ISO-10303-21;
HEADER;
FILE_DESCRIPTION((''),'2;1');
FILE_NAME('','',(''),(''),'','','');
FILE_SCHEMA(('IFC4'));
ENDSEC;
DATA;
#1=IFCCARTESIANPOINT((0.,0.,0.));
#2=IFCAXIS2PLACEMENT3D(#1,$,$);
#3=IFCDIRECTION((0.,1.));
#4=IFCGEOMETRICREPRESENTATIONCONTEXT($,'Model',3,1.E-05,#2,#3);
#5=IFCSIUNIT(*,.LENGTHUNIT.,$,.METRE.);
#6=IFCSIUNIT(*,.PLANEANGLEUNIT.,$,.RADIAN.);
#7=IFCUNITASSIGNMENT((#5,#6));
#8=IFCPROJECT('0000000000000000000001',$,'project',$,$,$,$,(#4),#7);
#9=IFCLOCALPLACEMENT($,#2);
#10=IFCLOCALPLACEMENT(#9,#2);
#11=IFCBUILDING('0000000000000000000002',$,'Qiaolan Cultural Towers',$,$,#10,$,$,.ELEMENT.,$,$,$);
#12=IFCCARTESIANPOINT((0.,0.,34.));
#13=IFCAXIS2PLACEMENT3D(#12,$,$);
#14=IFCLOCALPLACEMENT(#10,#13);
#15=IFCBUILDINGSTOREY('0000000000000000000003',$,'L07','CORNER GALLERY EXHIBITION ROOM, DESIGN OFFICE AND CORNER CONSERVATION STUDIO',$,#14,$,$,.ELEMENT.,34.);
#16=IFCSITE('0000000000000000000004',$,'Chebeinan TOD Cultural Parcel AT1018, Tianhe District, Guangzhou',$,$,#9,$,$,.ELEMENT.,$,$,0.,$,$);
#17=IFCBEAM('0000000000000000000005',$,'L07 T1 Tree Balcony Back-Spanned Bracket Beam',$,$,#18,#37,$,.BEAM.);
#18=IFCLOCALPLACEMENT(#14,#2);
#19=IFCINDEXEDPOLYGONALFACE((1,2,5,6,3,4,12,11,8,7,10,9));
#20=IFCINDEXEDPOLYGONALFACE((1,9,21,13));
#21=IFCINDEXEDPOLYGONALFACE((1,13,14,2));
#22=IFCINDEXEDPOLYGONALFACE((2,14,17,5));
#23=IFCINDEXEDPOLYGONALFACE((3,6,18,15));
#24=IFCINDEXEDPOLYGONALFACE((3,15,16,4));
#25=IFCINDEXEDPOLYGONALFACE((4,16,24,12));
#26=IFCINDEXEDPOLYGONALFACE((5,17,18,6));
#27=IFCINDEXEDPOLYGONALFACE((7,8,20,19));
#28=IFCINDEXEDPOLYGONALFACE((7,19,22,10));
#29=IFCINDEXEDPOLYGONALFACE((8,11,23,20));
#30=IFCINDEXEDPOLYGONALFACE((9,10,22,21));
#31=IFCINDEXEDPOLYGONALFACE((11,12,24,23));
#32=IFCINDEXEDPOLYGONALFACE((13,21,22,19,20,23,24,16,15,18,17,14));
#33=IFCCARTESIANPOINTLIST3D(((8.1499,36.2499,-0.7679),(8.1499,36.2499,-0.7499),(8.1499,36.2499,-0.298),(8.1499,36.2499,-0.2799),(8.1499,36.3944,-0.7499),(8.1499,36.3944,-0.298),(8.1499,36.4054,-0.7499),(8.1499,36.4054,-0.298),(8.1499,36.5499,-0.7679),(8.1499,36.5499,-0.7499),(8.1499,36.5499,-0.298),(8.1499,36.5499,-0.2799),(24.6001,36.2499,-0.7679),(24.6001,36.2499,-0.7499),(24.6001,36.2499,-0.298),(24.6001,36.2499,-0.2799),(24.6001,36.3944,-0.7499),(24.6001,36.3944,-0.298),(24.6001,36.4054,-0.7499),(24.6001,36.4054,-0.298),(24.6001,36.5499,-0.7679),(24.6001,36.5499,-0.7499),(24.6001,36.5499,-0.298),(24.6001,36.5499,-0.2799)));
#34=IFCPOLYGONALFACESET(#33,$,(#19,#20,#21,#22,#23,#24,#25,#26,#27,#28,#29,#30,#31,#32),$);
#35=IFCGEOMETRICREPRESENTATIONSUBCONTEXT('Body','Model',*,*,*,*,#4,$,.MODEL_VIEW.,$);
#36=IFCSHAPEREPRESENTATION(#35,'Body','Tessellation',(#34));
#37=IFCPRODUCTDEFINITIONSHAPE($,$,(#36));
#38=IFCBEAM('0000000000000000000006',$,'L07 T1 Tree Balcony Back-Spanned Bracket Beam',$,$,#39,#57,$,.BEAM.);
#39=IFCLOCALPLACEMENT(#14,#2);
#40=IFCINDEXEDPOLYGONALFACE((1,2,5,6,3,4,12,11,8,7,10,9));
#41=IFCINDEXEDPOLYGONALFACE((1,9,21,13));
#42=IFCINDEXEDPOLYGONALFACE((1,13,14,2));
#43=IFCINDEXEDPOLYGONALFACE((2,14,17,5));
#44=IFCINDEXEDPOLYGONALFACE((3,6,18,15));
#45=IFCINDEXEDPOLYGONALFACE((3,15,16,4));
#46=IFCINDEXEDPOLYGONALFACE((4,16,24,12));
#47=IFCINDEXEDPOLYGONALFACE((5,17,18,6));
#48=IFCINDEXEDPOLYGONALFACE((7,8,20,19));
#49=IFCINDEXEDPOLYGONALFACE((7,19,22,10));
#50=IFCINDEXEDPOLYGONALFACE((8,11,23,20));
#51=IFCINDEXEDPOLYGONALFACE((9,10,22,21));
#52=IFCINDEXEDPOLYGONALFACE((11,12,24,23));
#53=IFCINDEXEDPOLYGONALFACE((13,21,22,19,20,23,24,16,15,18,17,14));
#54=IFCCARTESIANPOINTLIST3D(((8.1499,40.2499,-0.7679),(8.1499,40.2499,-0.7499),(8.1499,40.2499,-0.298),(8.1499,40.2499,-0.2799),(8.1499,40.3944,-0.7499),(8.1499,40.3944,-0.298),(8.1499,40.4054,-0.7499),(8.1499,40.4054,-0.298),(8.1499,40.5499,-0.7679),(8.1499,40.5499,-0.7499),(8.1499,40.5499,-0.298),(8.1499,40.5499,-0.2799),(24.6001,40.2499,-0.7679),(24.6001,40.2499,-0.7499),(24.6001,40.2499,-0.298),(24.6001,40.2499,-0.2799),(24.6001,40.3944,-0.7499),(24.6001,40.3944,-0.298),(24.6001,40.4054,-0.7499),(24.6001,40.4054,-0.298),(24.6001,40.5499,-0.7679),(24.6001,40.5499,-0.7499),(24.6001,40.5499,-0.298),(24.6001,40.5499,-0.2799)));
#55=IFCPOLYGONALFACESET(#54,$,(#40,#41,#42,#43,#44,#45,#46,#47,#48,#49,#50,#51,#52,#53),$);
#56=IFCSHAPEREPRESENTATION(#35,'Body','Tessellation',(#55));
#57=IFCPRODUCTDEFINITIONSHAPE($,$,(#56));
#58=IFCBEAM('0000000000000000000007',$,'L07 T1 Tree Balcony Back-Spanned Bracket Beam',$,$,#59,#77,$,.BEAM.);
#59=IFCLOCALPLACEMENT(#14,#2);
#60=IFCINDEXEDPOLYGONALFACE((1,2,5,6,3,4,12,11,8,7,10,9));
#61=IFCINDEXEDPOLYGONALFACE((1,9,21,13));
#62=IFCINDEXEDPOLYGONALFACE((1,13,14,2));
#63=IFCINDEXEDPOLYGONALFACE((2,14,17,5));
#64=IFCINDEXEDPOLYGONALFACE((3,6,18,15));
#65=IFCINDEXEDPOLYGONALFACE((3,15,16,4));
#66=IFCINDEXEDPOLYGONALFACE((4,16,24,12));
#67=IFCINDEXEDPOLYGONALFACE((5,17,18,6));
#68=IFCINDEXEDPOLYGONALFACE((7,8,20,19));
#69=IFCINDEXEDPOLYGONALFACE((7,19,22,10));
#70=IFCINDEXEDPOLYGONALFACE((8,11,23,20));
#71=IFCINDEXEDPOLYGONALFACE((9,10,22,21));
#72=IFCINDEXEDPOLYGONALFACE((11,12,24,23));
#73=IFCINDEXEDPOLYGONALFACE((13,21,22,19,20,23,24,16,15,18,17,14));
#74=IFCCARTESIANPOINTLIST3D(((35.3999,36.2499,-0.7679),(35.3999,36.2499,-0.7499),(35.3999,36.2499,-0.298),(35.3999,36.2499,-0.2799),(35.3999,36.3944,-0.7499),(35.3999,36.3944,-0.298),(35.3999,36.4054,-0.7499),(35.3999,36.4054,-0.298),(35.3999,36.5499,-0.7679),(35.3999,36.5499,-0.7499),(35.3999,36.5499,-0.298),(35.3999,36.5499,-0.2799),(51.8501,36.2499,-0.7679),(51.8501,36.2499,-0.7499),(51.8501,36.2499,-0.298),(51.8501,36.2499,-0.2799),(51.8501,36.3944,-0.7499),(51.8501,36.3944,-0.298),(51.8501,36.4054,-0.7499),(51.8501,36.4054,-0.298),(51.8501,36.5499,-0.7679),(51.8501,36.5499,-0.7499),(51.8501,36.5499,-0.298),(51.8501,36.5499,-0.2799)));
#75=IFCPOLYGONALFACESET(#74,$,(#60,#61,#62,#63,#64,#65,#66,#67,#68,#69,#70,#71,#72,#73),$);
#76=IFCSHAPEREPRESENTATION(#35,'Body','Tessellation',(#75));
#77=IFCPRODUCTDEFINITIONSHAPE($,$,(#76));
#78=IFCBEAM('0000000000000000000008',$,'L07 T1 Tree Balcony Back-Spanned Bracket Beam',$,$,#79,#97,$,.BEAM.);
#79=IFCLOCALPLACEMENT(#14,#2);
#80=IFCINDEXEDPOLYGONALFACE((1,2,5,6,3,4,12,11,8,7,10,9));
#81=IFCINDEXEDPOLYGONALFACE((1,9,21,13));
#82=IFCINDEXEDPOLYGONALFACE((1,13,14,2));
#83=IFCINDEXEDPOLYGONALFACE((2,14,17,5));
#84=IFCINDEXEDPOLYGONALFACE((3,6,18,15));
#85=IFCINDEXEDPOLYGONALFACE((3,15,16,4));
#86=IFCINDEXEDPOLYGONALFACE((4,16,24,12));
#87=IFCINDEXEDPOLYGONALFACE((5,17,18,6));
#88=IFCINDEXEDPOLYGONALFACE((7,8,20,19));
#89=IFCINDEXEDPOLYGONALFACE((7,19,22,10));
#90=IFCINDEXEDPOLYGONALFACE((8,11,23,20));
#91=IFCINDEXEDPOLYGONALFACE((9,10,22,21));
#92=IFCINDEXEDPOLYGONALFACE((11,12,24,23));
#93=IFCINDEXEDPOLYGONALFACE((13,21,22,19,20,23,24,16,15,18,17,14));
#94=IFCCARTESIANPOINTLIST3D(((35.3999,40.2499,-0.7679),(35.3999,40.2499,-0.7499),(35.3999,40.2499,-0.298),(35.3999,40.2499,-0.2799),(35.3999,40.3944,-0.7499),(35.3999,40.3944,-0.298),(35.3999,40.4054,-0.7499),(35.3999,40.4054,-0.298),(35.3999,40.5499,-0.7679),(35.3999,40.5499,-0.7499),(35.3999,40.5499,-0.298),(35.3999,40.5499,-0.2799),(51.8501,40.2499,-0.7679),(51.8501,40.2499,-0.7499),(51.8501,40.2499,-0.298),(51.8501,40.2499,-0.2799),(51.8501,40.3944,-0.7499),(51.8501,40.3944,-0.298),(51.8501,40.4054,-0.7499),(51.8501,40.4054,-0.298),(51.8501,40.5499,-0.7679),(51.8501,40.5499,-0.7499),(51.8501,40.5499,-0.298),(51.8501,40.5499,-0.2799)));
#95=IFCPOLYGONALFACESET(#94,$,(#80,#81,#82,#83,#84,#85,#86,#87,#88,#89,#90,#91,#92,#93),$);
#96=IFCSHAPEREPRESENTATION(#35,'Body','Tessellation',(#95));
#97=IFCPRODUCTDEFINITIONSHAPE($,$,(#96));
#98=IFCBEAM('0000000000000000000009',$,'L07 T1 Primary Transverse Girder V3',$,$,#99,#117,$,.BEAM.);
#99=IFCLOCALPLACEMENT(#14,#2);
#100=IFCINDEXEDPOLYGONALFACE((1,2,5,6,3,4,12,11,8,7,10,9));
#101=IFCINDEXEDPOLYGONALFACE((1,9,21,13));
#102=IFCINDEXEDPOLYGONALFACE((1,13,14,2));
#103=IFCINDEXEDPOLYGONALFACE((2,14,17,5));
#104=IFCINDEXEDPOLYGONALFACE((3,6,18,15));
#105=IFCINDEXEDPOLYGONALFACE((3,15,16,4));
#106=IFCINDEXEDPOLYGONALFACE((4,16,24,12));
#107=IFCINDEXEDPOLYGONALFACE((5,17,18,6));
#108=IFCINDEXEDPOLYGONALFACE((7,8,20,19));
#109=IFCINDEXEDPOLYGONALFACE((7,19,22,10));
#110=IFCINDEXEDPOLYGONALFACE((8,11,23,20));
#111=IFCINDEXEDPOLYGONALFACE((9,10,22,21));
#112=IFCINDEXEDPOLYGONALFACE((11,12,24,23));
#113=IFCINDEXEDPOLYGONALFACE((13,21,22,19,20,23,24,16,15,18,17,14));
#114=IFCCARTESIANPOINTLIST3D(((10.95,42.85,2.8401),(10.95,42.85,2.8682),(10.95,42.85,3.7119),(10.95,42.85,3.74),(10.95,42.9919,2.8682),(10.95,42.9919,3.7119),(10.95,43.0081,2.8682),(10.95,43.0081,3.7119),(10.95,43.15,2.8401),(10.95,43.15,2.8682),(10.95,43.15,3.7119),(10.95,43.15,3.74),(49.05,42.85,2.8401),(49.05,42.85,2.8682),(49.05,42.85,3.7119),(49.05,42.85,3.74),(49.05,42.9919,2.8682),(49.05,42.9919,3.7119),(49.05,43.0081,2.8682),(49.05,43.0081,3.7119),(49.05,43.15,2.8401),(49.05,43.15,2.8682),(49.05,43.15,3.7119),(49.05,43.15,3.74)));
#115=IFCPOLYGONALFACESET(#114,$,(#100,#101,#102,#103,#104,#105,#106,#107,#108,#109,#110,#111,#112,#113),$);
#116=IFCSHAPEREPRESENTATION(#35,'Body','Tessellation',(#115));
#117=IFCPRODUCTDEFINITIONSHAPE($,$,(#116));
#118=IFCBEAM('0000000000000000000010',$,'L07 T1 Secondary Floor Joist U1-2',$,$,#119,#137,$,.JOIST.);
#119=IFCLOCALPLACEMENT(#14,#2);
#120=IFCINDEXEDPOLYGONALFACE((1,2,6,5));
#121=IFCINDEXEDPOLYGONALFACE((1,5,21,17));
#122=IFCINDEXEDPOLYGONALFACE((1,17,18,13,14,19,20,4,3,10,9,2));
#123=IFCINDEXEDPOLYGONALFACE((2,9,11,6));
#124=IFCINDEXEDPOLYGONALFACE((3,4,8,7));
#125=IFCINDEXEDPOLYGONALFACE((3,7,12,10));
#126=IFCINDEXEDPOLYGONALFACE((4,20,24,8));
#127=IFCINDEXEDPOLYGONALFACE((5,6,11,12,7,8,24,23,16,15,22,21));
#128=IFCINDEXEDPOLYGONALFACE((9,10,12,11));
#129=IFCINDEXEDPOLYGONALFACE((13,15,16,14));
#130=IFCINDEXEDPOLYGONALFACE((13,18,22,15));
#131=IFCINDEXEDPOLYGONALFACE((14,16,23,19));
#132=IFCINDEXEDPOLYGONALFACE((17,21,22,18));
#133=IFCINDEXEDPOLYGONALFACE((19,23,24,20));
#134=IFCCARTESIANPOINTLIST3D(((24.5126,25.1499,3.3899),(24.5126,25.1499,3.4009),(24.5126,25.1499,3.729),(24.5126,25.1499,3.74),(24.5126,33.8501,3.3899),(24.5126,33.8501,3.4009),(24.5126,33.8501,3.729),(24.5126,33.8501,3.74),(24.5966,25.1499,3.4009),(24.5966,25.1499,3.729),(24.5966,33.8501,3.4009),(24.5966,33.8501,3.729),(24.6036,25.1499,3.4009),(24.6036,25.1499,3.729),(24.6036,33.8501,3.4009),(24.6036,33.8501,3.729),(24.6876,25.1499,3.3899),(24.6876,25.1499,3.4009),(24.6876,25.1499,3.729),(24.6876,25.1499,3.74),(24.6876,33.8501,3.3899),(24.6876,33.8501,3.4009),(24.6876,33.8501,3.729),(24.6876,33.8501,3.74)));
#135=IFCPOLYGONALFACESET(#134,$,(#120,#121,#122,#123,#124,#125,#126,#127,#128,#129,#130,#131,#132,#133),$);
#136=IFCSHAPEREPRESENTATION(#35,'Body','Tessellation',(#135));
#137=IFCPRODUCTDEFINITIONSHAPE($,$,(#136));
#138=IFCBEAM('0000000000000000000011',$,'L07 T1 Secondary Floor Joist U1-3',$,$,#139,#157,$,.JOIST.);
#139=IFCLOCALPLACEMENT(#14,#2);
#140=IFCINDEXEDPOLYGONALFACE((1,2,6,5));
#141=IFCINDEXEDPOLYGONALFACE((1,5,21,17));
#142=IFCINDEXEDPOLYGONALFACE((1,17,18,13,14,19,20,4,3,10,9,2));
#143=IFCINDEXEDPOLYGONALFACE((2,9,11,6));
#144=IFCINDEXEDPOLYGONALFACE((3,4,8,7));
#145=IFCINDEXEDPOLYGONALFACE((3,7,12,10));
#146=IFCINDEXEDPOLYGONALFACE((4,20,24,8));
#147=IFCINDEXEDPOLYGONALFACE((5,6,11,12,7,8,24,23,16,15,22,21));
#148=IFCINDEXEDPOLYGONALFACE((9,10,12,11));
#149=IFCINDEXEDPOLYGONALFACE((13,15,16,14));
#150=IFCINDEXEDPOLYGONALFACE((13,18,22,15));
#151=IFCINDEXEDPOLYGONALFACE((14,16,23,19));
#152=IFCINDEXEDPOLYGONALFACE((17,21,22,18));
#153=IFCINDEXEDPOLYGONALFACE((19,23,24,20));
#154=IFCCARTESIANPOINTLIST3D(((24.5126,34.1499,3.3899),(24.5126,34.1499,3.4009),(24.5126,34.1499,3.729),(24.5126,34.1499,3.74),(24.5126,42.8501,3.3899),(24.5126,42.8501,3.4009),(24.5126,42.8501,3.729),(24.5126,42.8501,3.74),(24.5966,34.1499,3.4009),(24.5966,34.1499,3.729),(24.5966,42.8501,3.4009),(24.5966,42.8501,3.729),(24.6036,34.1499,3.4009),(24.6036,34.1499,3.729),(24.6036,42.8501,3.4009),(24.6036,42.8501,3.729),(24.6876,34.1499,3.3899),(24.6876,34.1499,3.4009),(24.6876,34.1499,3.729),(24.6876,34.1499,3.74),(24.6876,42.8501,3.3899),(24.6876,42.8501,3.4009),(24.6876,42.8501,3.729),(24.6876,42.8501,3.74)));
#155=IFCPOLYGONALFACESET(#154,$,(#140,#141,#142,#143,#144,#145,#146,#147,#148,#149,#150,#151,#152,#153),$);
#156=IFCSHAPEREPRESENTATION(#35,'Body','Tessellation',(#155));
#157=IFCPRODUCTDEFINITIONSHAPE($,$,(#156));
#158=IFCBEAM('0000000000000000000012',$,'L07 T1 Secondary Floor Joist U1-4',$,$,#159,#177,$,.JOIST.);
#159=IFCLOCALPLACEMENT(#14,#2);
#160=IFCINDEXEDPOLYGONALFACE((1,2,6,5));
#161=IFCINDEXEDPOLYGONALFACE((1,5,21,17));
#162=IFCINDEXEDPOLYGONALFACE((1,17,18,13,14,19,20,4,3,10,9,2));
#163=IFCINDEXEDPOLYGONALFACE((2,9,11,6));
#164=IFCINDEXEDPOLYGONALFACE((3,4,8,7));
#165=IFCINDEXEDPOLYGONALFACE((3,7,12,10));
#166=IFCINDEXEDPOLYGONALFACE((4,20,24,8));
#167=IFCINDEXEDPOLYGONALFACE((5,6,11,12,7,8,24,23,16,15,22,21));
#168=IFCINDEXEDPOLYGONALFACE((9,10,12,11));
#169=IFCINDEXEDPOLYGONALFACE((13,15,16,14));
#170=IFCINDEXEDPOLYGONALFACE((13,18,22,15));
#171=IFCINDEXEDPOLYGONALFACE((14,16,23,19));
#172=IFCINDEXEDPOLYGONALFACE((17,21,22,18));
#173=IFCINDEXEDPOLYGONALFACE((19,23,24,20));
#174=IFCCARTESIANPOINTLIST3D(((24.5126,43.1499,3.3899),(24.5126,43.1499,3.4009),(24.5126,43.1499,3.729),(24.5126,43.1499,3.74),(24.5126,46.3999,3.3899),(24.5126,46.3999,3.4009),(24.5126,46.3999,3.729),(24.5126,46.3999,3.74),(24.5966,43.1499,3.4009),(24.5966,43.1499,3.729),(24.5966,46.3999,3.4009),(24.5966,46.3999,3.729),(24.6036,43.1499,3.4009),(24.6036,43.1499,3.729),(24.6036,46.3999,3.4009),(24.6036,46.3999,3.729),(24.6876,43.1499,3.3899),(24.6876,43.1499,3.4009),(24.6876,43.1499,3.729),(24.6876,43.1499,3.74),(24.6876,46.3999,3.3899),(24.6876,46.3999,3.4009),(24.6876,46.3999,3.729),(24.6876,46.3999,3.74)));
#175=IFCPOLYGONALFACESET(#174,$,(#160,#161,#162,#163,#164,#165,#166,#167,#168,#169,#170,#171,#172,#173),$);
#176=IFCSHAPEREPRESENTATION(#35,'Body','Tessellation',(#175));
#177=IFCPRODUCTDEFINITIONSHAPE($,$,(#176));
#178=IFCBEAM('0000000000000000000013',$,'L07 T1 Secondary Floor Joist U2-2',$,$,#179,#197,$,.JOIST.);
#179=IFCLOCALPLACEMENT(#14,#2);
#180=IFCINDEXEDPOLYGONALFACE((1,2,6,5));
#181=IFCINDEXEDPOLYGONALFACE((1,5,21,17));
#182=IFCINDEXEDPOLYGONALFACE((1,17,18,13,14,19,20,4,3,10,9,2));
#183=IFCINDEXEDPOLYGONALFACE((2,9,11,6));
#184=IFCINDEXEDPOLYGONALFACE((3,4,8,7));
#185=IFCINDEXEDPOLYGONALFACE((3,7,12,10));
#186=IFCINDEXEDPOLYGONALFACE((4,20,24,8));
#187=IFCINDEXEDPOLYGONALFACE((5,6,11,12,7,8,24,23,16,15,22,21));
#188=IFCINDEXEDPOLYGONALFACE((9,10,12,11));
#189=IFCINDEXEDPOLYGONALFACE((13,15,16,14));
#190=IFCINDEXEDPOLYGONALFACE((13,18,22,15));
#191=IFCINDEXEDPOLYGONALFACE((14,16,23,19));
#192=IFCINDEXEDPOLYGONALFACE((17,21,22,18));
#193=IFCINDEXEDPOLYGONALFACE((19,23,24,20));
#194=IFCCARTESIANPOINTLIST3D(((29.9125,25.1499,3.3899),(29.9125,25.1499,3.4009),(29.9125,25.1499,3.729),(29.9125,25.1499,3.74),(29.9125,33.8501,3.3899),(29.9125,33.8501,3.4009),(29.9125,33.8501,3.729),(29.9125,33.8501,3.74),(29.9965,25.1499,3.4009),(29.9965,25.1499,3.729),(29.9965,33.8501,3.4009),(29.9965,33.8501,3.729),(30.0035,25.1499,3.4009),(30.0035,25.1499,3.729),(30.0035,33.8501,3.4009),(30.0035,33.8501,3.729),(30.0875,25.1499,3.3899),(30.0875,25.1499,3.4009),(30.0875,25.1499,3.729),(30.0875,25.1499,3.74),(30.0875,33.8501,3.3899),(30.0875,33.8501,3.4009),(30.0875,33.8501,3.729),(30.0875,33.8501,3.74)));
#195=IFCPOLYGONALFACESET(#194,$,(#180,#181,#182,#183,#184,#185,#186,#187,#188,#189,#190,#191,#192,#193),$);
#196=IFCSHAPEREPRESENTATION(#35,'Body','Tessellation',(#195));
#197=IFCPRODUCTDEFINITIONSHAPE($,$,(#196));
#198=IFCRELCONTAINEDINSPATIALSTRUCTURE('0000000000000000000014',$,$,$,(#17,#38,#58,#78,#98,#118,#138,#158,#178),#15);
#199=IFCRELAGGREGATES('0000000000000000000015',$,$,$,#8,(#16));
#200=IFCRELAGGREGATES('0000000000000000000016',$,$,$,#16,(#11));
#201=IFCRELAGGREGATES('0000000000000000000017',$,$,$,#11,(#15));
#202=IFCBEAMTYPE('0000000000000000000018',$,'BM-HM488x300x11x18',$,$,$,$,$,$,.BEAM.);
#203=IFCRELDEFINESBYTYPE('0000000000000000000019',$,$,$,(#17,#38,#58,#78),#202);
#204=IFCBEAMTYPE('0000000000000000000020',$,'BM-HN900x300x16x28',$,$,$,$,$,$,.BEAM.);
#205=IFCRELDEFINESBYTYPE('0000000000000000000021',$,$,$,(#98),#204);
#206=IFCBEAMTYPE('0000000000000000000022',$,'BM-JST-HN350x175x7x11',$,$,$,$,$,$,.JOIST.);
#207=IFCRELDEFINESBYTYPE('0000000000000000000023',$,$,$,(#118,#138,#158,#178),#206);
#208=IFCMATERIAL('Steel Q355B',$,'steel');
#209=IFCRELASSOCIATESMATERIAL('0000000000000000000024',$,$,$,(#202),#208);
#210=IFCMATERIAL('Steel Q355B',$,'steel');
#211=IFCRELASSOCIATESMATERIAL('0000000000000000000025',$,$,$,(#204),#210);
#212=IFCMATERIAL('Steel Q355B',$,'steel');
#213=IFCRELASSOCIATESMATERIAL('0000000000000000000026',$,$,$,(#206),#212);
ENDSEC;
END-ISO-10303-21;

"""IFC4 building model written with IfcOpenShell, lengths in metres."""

from ifc_helpers import new_model, si_unit, direction, frame, origin, origin_2d, place, context, subcontext, project, spatial, i_section, extrude, material, material_profile, profile_set, type_object, element, save


model = new_model("IFC4")

# Units and contexts
model_context = context("Model", 3, precision=1e-05, world=origin(), true_north=direction((0.0, 1.0)))
body_context = subcontext(model_context, "Body", "Model", "MODEL_VIEW")
ifc_project = project(units=[si_unit("LENGTHUNIT", "METRE"), si_unit("PLANEANGLEUNIT", "RADIAN")], contexts=[model_context])

# Site, building, storey
site_placement = place(None, origin())
site = spatial("IfcSite", under=ifc_project, at=site_placement, Name="Chebeinan TOD Cultural Parcel AT1018, Tianhe District, Guangzhou", CompositionType="ELEMENT", RefElevation=0.0)
building_placement = place(site_placement, origin())
building = spatial("IfcBuilding", under=site, at=building_placement, Name="Qiaolan Cultural Towers", CompositionType="ELEMENT")
storey_placement = place(building_placement, frame((0.0, 0.0, 34.0)))
storey = spatial("IfcBuildingStorey", under=building, at=storey_placement, Name="L07", Description="CORNER GALLERY EXHIBITION ROOM, DESIGN OFFICE AND CORNER CONSERVATION STUDIO", CompositionType="ELEMENT", Elevation=34.0)

# Beams
ifc_material_1 = material(Name="Steel Q355B", Category="steel")
ifc_material_profile_1 = material_profile(ifc_material_1, i_section(OverallWidth=0.3, OverallDepth=0.488, WebThickness=0.011, FlangeThickness=0.0181, at=origin_2d()), Name="HM488x300x11x18")
ifc_profile_set_1 = profile_set([ifc_material_profile_1], Name="Steel Q355B")
beam_type_1 = type_object("IfcBeamType", Name="BM-HM488x300x11x18", PredefinedType="BEAM", material=ifc_profile_set_1)
for number, where, z_axis, x_axis, name in (
    (1, (24.6001, 36.3999, -0.5239), (-1.0, 0.0, 0.0), (0.0, -1.0, 0.0), "L07 T1 Tree Balcony Back-Spanned Bracket Beam"),
    (2, (24.6001, 40.3999, -0.5239), (-1.0, 0.0, 0.0), (0.0, -1.0, 0.0), "L07 T1 Tree Balcony Back-Spanned Bracket Beam"),
    (3, (35.3999, 36.3999, -0.5239), (1.0, 0.0, 0.0), (0.0, 1.0, 0.0), "L07 T1 Tree Balcony Back-Spanned Bracket Beam"),
    (4, (35.3999, 40.3999, -0.5239), (1.0, 0.0, 0.0), (0.0, 1.0, 0.0), "L07 T1 Tree Balcony Back-Spanned Bracket Beam"),
):
    element("IfcBeam", number, at=place(storey_placement, frame(where, z_axis=z_axis, x_axis=x_axis)), inside=storey, type_object=beam_type_1, Name=name, PredefinedType="BEAM", context=body_context, shape_type="SweptSolid", body=[
        extrude(i_section(OverallWidth=0.3, OverallDepth=0.488, WebThickness=0.011, FlangeThickness=0.0181, at=origin_2d()), origin(), (0.0, 0.0, 1.0), 16.4502),
    ])
ifc_material_2 = material(Name="Steel Q355B", Category="steel")
ifc_material_profile_2 = material_profile(ifc_material_2, i_section(OverallWidth=0.3, OverallDepth=0.8999, WebThickness=0.0161, FlangeThickness=0.0281, at=origin_2d()), Name="HN900x300x16x28")
ifc_profile_set_2 = profile_set([ifc_material_profile_2], Name="Steel Q355B")
beam_type_2 = type_object("IfcBeamType", Name="BM-HN900x300x16x28", PredefinedType="BEAM", material=ifc_profile_set_2)
beam_1_placement = place(storey_placement, frame((10.95, 43.0, 3.29), z_axis=(1.0, 0.0, 0.0), x_axis=(0.0, 1.0, 0.0)))
element("IfcBeam", 5, at=beam_1_placement, inside=storey, type_object=beam_type_2, Name="L07 T1 Primary Transverse Girder V3", PredefinedType="BEAM", context=body_context, shape_type="SweptSolid", body=[
    extrude(i_section(OverallWidth=0.3, OverallDepth=0.8999, WebThickness=0.0161, FlangeThickness=0.0281, at=origin_2d()), origin(), (0.0, 0.0, 1.0), 38.1001),
])
ifc_material_3 = material(Name="Steel Q355B", Category="steel")
ifc_material_profile_3 = material_profile(ifc_material_3, i_section(OverallWidth=0.175, OverallDepth=0.3501, WebThickness=0.0071, FlangeThickness=0.011, at=origin_2d()), Name="HN350x175x7x11")
ifc_profile_set_3 = profile_set([ifc_material_profile_3], Name="Steel Q355B")
beam_type_3 = type_object("IfcBeamType", Name="BM-JST-HN350x175x7x11", PredefinedType="JOIST", material=ifc_profile_set_3)
for number, where, z_axis, x_axis, name in (
    (6, (24.6001, 25.1499, 3.5649), (0.0, 1.0, 0.0), (-1.0, 0.0, 0.0), "L07 T1 Secondary Floor Joist U1-2"),
    (7, (24.6001, 34.1499, 3.5649), (0.0, 1.0, 0.0), (-1.0, 0.0, 0.0), "L07 T1 Secondary Floor Joist U1-3"),
):
    element("IfcBeam", number, at=place(storey_placement, frame(where, z_axis=z_axis, x_axis=x_axis)), inside=storey, type_object=beam_type_3, Name=name, PredefinedType="JOIST", context=body_context, shape_type="SweptSolid", body=[
        extrude(i_section(OverallWidth=0.175, OverallDepth=0.3501, WebThickness=0.0071, FlangeThickness=0.011, at=origin_2d()), origin(), (0.0, 0.0, 1.0), 8.7002),
    ])
beam_2_placement = place(storey_placement, frame((24.6001, 43.1499, 3.5649), z_axis=(0.0, 1.0, 0.0), x_axis=(-1.0, 0.0, 0.0)))
element("IfcBeam", 8, at=beam_2_placement, inside=storey, type_object=beam_type_3, Name="L07 T1 Secondary Floor Joist U1-4", PredefinedType="JOIST", context=body_context, shape_type="SweptSolid", body=[
    extrude(i_section(OverallWidth=0.175, OverallDepth=0.3501, WebThickness=0.0071, FlangeThickness=0.011, at=origin_2d()), origin(), (0.0, 0.0, 1.0), 3.25),
])
for number, where, z_axis, x_axis, name in (
    (9, (30.0, 25.1499, 3.5649), (0.0, 1.0, 0.0), (-1.0, 0.0, 0.0), "L07 T1 Secondary Floor Joist U2-2"),
):
    element("IfcBeam", number, at=place(storey_placement, frame(where, z_axis=z_axis, x_axis=x_axis)), inside=storey, type_object=beam_type_3, Name=name, PredefinedType="JOIST", context=body_context, shape_type="SweptSolid", body=[
        extrude(i_section(OverallWidth=0.175, OverallDepth=0.3501, WebThickness=0.0071, FlangeThickness=0.011, at=origin_2d()), origin(), (0.0, 0.0, 1.0), 8.7002),
    ])

save(model, "model.ifc")
